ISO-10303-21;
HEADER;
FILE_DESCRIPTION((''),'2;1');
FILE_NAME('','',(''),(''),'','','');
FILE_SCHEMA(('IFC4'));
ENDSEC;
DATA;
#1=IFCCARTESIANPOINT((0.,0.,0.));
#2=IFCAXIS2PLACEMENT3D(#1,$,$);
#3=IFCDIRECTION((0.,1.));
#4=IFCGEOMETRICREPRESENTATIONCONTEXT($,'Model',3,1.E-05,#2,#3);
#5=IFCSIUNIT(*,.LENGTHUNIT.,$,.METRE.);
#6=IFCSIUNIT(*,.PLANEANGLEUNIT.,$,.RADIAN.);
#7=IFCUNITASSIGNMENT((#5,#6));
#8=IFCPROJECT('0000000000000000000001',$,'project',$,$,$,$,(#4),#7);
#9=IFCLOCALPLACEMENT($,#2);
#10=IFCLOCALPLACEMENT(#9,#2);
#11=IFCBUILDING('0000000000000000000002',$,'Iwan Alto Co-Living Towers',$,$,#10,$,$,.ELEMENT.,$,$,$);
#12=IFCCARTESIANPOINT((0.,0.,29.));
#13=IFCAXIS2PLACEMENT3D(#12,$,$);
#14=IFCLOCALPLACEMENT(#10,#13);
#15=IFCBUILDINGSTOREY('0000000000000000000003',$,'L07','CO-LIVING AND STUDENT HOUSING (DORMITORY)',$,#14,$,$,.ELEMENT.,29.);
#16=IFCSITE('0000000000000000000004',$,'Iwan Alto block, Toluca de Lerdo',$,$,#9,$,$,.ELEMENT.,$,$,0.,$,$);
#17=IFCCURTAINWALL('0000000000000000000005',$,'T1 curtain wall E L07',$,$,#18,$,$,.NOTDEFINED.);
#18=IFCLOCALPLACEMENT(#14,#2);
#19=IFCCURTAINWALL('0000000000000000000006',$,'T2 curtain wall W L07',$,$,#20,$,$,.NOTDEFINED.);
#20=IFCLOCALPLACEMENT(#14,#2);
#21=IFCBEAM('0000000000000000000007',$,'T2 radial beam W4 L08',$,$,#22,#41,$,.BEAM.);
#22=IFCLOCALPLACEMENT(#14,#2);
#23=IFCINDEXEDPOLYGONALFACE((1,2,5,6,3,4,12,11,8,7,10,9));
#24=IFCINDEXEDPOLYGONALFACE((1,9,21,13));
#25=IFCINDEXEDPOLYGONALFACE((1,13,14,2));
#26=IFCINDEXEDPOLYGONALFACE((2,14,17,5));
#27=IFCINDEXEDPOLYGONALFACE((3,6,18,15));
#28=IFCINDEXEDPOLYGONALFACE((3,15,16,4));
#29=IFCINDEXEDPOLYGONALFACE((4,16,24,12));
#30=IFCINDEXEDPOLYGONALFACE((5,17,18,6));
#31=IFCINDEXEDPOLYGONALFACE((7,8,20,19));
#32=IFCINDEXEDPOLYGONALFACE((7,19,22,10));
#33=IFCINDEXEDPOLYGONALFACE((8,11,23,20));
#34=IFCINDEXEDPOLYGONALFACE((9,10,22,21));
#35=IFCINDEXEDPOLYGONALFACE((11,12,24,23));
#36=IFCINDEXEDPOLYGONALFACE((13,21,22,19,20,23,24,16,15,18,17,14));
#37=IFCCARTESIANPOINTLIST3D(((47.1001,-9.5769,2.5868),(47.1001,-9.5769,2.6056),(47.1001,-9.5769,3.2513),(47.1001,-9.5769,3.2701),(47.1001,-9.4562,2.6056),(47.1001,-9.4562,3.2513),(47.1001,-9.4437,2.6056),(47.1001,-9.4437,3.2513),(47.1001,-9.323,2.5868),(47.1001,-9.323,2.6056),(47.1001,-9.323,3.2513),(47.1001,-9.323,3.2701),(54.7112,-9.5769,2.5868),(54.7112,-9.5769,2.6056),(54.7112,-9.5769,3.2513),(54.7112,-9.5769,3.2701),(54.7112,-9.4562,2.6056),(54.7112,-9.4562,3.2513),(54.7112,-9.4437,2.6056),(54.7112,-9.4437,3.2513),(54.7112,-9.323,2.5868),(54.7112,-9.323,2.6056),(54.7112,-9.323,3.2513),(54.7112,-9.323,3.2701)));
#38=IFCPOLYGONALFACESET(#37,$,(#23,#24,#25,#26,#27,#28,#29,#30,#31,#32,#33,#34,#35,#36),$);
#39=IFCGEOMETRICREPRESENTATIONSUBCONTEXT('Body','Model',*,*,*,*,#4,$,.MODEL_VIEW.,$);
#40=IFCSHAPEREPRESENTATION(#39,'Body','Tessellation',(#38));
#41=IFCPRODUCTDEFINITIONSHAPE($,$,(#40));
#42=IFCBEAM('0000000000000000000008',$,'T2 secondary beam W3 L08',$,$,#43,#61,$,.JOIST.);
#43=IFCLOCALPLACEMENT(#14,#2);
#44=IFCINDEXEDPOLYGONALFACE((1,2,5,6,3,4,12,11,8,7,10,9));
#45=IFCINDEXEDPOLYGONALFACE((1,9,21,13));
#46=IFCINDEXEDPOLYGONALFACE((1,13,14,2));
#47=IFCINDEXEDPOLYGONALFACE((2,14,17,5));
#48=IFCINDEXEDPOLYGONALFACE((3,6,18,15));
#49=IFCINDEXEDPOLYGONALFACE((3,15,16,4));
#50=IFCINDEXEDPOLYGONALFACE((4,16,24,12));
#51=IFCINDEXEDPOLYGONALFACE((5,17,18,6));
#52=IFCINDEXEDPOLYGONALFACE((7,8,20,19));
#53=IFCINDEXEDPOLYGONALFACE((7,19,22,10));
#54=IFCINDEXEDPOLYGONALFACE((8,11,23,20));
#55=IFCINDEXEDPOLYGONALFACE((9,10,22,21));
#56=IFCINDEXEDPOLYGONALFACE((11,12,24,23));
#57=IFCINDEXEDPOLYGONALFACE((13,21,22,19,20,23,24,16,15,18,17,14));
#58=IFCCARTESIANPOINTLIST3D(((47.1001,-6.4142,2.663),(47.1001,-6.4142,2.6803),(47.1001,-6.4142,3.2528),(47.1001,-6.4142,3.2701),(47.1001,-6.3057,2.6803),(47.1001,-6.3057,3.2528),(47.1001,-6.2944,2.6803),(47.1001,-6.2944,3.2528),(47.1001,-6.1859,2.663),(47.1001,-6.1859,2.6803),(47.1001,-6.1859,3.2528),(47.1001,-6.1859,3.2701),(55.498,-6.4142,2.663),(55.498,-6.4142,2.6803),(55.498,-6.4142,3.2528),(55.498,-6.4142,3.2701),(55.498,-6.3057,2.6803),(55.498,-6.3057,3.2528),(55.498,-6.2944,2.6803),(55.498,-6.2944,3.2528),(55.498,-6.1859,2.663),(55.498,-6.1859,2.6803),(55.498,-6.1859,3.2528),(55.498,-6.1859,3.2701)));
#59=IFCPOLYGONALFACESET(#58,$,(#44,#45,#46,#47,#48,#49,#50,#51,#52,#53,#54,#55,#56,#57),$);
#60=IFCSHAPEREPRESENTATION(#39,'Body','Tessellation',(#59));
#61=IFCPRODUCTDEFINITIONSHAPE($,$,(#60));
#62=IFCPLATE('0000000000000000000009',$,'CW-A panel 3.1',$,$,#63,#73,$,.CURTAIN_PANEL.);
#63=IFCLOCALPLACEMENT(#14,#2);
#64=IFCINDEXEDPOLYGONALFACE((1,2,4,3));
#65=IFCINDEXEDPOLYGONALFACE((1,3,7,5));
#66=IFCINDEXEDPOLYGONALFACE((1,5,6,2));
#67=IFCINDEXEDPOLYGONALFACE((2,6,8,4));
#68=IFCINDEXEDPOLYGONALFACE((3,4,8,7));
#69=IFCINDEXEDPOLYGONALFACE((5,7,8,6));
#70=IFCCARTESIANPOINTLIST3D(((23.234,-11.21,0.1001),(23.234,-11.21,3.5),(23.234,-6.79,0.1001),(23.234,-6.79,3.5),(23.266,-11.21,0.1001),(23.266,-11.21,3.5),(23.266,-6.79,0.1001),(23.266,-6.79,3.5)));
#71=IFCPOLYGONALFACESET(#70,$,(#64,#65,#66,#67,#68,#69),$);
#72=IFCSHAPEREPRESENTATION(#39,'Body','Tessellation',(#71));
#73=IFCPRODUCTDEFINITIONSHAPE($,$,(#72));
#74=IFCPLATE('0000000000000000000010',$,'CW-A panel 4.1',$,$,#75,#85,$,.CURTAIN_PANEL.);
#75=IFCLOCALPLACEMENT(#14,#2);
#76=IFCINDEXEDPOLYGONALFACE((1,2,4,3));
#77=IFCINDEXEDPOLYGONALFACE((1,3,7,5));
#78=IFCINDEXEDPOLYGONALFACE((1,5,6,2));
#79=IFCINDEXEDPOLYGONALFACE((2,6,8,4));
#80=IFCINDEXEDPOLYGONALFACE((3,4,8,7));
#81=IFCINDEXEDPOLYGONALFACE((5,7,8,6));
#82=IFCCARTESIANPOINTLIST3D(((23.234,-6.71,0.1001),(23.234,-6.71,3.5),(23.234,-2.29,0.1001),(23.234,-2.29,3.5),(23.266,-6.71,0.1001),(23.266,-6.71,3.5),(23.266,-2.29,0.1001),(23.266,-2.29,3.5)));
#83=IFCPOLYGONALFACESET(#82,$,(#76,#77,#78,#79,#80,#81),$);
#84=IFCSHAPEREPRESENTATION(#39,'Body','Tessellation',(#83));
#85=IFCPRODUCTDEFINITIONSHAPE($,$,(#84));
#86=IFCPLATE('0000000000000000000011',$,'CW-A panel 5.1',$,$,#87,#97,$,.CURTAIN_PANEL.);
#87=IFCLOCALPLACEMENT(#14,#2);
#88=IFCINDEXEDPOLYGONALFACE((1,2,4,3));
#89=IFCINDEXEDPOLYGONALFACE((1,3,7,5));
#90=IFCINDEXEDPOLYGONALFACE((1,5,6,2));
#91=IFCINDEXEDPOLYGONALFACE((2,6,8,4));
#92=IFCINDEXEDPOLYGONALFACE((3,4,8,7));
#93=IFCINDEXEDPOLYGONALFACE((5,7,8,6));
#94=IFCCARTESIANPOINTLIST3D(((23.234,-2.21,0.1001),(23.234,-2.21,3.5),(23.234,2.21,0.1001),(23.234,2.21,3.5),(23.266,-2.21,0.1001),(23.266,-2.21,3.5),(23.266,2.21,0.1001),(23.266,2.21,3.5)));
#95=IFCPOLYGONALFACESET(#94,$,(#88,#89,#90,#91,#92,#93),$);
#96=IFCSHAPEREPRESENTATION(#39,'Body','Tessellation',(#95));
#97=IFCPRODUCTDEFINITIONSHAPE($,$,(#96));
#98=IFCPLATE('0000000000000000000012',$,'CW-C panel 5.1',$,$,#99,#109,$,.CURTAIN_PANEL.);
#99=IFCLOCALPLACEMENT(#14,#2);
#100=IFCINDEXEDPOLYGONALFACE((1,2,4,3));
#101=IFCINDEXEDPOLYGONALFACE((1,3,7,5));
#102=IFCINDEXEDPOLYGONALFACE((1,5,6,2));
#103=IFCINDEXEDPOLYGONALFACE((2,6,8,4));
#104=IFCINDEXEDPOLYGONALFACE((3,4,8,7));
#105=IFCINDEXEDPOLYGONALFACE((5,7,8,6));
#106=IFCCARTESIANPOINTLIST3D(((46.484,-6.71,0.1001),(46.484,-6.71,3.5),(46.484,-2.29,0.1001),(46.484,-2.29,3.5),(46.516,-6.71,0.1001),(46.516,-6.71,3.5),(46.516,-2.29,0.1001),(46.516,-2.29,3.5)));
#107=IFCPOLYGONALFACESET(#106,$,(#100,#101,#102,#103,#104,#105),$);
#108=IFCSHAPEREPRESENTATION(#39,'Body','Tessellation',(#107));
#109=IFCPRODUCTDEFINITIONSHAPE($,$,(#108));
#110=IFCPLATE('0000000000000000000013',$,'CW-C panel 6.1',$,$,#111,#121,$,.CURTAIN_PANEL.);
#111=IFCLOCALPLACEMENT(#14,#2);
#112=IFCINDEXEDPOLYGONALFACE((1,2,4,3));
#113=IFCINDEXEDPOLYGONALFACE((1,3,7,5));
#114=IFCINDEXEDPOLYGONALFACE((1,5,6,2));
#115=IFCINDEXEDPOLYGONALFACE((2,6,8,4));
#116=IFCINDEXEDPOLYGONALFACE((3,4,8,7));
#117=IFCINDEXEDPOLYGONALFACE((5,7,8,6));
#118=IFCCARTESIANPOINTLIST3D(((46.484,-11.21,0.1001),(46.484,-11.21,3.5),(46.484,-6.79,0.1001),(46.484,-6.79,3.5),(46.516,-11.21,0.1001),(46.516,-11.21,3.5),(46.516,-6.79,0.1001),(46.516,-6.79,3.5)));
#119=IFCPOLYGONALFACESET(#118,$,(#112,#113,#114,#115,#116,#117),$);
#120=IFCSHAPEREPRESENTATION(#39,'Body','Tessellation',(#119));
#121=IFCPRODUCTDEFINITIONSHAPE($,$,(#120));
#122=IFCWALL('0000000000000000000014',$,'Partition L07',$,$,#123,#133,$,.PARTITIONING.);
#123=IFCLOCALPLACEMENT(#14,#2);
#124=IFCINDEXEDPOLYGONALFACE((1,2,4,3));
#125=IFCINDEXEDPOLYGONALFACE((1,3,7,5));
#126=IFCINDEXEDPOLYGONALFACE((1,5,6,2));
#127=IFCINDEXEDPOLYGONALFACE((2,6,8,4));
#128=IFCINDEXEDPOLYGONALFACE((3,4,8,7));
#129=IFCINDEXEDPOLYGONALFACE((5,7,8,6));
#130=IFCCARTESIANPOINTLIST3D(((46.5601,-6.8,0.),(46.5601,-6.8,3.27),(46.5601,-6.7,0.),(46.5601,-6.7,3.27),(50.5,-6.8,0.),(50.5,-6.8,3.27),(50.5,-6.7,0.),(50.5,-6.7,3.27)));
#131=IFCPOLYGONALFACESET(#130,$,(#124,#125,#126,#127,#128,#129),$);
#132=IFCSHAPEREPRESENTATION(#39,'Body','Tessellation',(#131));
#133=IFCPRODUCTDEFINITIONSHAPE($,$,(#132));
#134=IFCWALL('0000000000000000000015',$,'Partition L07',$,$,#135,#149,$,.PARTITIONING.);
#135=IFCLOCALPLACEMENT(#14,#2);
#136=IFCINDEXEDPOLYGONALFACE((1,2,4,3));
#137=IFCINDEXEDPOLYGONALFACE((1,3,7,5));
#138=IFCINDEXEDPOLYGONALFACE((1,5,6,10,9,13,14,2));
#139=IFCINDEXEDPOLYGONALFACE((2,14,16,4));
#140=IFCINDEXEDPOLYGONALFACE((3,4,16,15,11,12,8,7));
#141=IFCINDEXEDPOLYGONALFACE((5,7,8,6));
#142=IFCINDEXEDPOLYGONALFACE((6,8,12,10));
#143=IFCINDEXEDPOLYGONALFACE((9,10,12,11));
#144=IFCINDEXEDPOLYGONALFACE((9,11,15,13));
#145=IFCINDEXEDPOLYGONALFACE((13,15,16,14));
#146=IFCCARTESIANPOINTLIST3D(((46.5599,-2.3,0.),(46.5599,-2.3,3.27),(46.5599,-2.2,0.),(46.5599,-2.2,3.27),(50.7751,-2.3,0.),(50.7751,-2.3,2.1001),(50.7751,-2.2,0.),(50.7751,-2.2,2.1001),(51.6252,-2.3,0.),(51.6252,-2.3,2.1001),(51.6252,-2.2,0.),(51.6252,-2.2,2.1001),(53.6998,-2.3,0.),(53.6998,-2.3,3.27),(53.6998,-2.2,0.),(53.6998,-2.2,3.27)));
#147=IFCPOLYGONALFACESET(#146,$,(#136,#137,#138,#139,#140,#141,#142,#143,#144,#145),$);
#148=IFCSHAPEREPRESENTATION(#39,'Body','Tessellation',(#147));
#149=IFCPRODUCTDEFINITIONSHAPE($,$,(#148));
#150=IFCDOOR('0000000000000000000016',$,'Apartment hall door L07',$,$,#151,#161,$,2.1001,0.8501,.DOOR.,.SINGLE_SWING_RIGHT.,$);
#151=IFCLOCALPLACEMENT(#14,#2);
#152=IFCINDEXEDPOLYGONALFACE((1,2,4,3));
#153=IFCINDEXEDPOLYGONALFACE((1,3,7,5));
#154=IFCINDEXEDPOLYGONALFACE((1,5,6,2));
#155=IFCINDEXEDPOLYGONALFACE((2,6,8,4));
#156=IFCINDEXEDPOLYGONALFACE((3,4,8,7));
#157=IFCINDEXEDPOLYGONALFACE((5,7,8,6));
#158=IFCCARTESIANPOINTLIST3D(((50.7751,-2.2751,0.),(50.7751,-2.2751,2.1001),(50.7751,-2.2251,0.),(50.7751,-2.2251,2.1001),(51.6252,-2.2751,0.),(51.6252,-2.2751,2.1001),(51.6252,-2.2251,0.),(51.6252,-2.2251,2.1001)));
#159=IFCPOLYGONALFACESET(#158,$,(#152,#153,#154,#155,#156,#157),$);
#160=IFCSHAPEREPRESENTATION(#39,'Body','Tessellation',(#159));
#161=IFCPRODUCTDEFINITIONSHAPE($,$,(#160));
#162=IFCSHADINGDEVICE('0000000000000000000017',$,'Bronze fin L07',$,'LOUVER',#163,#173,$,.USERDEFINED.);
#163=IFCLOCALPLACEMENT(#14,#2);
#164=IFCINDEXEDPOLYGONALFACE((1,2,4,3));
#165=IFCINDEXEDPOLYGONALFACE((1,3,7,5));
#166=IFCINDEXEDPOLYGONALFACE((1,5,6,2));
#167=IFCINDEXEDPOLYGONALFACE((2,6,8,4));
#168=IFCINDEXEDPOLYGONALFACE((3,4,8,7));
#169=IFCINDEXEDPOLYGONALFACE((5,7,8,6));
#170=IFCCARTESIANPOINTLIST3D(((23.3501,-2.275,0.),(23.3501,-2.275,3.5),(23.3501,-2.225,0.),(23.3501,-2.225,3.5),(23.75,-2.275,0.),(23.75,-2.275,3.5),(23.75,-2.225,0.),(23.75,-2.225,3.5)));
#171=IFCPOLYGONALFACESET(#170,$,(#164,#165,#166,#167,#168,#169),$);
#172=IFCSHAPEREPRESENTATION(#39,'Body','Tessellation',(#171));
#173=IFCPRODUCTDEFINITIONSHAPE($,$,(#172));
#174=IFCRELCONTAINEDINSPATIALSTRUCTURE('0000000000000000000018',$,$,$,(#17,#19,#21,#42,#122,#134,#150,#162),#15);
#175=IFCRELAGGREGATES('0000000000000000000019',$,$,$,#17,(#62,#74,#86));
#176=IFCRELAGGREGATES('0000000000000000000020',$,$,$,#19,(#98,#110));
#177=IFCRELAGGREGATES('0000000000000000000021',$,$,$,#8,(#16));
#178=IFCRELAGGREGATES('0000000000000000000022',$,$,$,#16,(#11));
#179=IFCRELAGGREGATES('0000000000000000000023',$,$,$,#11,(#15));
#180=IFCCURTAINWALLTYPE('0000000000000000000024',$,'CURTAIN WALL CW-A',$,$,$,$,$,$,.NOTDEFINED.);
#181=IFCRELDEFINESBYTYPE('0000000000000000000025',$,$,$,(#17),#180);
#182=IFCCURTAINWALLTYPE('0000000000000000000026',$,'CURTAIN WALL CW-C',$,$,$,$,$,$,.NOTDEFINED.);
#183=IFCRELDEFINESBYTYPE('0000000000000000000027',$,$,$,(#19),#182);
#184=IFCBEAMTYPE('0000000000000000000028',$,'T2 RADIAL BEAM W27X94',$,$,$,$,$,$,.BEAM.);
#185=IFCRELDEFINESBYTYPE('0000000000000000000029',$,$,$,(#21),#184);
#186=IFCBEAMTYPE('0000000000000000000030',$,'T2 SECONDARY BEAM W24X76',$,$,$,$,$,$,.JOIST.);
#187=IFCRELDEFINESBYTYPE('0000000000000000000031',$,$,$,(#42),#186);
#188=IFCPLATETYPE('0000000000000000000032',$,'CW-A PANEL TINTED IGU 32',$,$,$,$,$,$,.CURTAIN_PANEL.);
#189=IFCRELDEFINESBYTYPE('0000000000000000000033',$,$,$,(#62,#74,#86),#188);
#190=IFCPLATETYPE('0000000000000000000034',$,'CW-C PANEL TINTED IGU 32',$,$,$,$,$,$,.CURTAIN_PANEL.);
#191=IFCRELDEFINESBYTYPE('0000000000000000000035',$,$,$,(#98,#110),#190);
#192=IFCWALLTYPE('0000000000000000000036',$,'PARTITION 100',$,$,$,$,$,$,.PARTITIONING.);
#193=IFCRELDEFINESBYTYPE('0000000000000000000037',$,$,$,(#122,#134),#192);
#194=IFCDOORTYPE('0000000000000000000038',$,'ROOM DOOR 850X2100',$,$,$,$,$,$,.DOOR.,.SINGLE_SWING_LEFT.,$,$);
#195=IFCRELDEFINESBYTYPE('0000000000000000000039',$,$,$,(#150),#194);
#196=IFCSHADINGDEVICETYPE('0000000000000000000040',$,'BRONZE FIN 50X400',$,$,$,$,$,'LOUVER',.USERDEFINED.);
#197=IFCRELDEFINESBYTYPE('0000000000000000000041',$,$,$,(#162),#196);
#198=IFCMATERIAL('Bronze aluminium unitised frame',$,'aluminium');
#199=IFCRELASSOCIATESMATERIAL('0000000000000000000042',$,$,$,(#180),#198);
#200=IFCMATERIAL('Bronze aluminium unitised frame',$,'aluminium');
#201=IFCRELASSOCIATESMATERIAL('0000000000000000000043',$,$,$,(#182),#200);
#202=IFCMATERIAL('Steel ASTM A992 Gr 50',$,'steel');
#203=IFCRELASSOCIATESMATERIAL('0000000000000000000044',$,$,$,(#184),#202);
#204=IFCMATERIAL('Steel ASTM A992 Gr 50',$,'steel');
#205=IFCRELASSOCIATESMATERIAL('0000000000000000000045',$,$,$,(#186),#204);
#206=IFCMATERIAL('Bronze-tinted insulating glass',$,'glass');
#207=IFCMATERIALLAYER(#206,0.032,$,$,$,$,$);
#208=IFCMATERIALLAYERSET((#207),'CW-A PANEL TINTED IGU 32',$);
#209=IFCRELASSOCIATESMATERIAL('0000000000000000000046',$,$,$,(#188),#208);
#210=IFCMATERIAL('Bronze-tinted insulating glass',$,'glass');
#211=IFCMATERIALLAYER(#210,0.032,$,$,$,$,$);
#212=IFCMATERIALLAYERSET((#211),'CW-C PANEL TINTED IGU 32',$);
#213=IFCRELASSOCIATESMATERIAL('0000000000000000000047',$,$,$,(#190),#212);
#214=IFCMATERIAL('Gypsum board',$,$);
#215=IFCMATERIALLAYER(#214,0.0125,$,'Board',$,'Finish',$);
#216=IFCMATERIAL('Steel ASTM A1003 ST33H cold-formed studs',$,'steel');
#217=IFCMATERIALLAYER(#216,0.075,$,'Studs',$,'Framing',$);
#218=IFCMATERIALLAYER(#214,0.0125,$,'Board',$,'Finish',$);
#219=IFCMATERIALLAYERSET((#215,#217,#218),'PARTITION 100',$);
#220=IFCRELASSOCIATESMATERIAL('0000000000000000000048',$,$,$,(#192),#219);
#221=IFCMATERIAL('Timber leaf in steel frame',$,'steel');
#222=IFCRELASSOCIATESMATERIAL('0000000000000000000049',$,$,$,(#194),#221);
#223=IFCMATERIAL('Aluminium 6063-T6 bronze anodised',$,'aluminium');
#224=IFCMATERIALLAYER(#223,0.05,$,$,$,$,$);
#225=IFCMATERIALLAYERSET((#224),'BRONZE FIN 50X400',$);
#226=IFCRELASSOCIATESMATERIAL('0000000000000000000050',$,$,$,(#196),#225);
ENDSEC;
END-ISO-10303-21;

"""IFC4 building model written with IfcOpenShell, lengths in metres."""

from ifc_helpers import new_model, si_unit, direction, frame, frame_2d, origin, origin_2d, place, context, subcontext, project, spatial, rectangle, i_section, extrude, material, layer, layer_set, material_profile, profile_set, type_object, element, fill, aggregate, save


model = new_model("IFC4")

# Units and contexts
model_context = context("Model", 3, precision=1e-05, world=origin(), true_north=direction((0.0, 1.0)))
body_context = subcontext(model_context, "Body", "Model", "MODEL_VIEW")
ifc_project = project(units=[si_unit("LENGTHUNIT", "METRE"), si_unit("PLANEANGLEUNIT", "RADIAN")], contexts=[model_context])

# Site, building, storey
site_placement = place(None, origin())
site = spatial("IfcSite", under=ifc_project, at=site_placement, Name="Iwan Alto block, Toluca de Lerdo", CompositionType="ELEMENT", RefElevation=0.0)
building_placement = place(site_placement, origin())
building = spatial("IfcBuilding", under=site, at=building_placement, Name="Iwan Alto Co-Living Towers", CompositionType="ELEMENT")
storey_placement = place(building_placement, frame((0.0, 0.0, 29.0)))
storey = spatial("IfcBuildingStorey", under=building, at=storey_placement, Name="L07", Description="CO-LIVING AND STUDENT HOUSING (DORMITORY)", CompositionType="ELEMENT", Elevation=29.0)

# Curtain walls
ifc_material_1 = material(Name="Bronze aluminium unitised frame", Category="aluminium")
curtain_wall_type_1 = type_object("IfcCurtainWallType", Name="CURTAIN WALL CW-A", PredefinedType="NOTDEFINED", material=ifc_material_1)
curtain_wall_1_placement = place(storey_placement, origin())
curtain_wall_1 = element("IfcCurtainWall", 1, at=curtain_wall_1_placement, inside=storey, type_object=curtain_wall_type_1, Name="T1 curtain wall E L07", PredefinedType="NOTDEFINED")
ifc_material_2 = material(Name="Bronze aluminium unitised frame", Category="aluminium")
curtain_wall_type_2 = type_object("IfcCurtainWallType", Name="CURTAIN WALL CW-C", PredefinedType="NOTDEFINED", material=ifc_material_2)
curtain_wall_2_placement = place(storey_placement, origin())
curtain_wall_2 = element("IfcCurtainWall", 2, at=curtain_wall_2_placement, inside=storey, type_object=curtain_wall_type_2, Name="T2 curtain wall W L07", PredefinedType="NOTDEFINED")

# Beams
ifc_material_3 = material(Name="Steel ASTM A992 Gr 50", Category="steel")
ifc_material_profile_1 = material_profile(ifc_material_3, i_section(OverallWidth=0.2539, OverallDepth=0.6833, WebThickness=0.0125, FlangeThickness=0.0188, at=origin_2d()), Name="W27X94")
ifc_profile_set_1 = profile_set([ifc_material_profile_1], Name="Steel ASTM A992 Gr 50")
beam_type_1 = type_object("IfcBeamType", Name="T2 RADIAL BEAM W27X94", PredefinedType="BEAM", material=ifc_profile_set_1)
beam_1_placement = place(storey_placement, frame((47.1001, -9.45, 2.9285), z_axis=(1.0, 0.0, 0.0), x_axis=(0.0, 1.0, 0.0)))
element("IfcBeam", 3, at=beam_1_placement, inside=storey, type_object=beam_type_1, Name="T2 radial beam W4 L08", PredefinedType="BEAM", context=body_context, shape_type="SweptSolid", body=[
    extrude(i_section(OverallWidth=0.2539, OverallDepth=0.6833, WebThickness=0.0125, FlangeThickness=0.0188, at=origin_2d()), origin(), (0.0, 0.0, 1.0), 7.6111),
])
ifc_material_4 = material(Name="Steel ASTM A992 Gr 50", Category="steel")
ifc_material_profile_2 = material_profile(ifc_material_4, i_section(OverallWidth=0.2283, OverallDepth=0.6072, WebThickness=0.0112, FlangeThickness=0.0173, at=origin_2d()), Name="W24X76")
ifc_profile_set_2 = profile_set([ifc_material_profile_2], Name="Steel ASTM A992 Gr 50")
beam_type_2 = type_object("IfcBeamType", Name="T2 SECONDARY BEAM W24X76", PredefinedType="JOIST", material=ifc_profile_set_2)
beam_2_placement = place(storey_placement, frame((47.1001, -6.3, 2.9666), z_axis=(1.0, 0.0, 0.0), x_axis=(0.0, 1.0, 0.0)))
element("IfcBeam", 4, at=beam_2_placement, inside=storey, type_object=beam_type_2, Name="T2 secondary beam W3 L08", PredefinedType="JOIST", context=body_context, shape_type="SweptSolid", body=[
    extrude(i_section(OverallWidth=0.2283, OverallDepth=0.6072, WebThickness=0.0112, FlangeThickness=0.0173, at=origin_2d()), origin(), (0.0, 0.0, 1.0), 8.3979),
])

# Plates
ifc_material_5 = material(Name="Bronze-tinted insulating glass", Category="glass")
ifc_layer_1 = layer(ifc_material_5, 0.032)
ifc_layer_set_1 = layer_set([ifc_layer_1], Name="CW-A PANEL TINTED IGU 32")
plate_type_1 = type_object("IfcPlateType", Name="CW-A PANEL TINTED IGU 32", PredefinedType="CURTAIN_PANEL", material=ifc_layer_set_1)
plate_1_placement = place(storey_placement, frame((23.25, -9.0, 0.1001), z_axis=(0.0, 0.0, 1.0), x_axis=(0.0, 1.0, 0.0)))
plate_1 = element("IfcPlate", 5, at=plate_1_placement, type_object=plate_type_1, Name="CW-A panel 3.1", PredefinedType="CURTAIN_PANEL", context=body_context, shape_type="SweptSolid", body=[
    extrude(rectangle(XDim=4.4199, YDim=0.032, at=origin_2d()), origin(), (0.0, 0.0, 1.0), 3.3999),
])
plate_2_placement = place(storey_placement, frame((23.25, -4.5, 0.1001), z_axis=(0.0, 0.0, 1.0), x_axis=(0.0, 1.0, 0.0)))
plate_2 = element("IfcPlate", 6, at=plate_2_placement, type_object=plate_type_1, Name="CW-A panel 4.1", PredefinedType="CURTAIN_PANEL", context=body_context, shape_type="SweptSolid", body=[
    extrude(rectangle(XDim=4.4199, YDim=0.032, at=origin_2d()), origin(), (0.0, 0.0, 1.0), 3.3999),
])
plate_3_placement = place(storey_placement, frame((23.25, 0.0, 0.1001), z_axis=(0.0, 0.0, 1.0), x_axis=(0.0, 1.0, 0.0)))
plate_3 = element("IfcPlate", 7, at=plate_3_placement, type_object=plate_type_1, Name="CW-A panel 5.1", PredefinedType="CURTAIN_PANEL", context=body_context, shape_type="SweptSolid", body=[
    extrude(rectangle(XDim=4.4199, YDim=0.032, at=origin_2d()), origin(), (0.0, 0.0, 1.0), 3.3999),
])
aggregate(curtain_wall_1, [plate_1, plate_2, plate_3])
ifc_material_6 = material(Name="Bronze-tinted insulating glass", Category="glass")
ifc_layer_2 = layer(ifc_material_6, 0.032)
ifc_layer_set_2 = layer_set([ifc_layer_2], Name="CW-C PANEL TINTED IGU 32")
plate_type_2 = type_object("IfcPlateType", Name="CW-C PANEL TINTED IGU 32", PredefinedType="CURTAIN_PANEL", material=ifc_layer_set_2)
plate_4_placement = place(storey_placement, frame((46.5, -4.5, 0.1001), z_axis=(0.0, 0.0, 1.0), x_axis=(0.0, -1.0, 0.0)))
plate_4 = element("IfcPlate", 8, at=plate_4_placement, type_object=plate_type_2, Name="CW-C panel 5.1", PredefinedType="CURTAIN_PANEL", context=body_context, shape_type="SweptSolid", body=[
    extrude(rectangle(XDim=4.4199, YDim=0.032, at=origin_2d()), origin(), (0.0, 0.0, 1.0), 3.3999),
])
plate_5_placement = place(storey_placement, frame((46.5, -9.0, 0.1001), z_axis=(0.0, 0.0, 1.0), x_axis=(0.0, -1.0, 0.0)))
plate_5 = element("IfcPlate", 9, at=plate_5_placement, type_object=plate_type_2, Name="CW-C panel 6.1", PredefinedType="CURTAIN_PANEL", context=body_context, shape_type="SweptSolid", body=[
    extrude(rectangle(XDim=4.4199, YDim=0.032, at=origin_2d()), origin(), (0.0, 0.0, 1.0), 3.3999),
])
aggregate(curtain_wall_2, [plate_4, plate_5])

# Wall
ifc_material_7 = material(Name="Gypsum board")
ifc_layer_3 = layer(ifc_material_7, 0.0125, Name="Board", Category="Finish")
ifc_material_8 = material(Name="Steel ASTM A1003 ST33H cold-formed studs", Category="steel")
ifc_layer_4 = layer(ifc_material_8, 0.075, Name="Studs", Category="Framing")
ifc_layer_5 = layer(ifc_material_7, 0.0125, Name="Board", Category="Finish")
ifc_layer_set_3 = layer_set([ifc_layer_3, ifc_layer_4, ifc_layer_5], Name="PARTITION 100")
wall_type = type_object("IfcWallType", Name="PARTITION 100", PredefinedType="PARTITIONING", material=ifc_layer_set_3)
wall_1_placement = place(storey_placement, frame((46.5601, -6.75, 0.0), z_axis=(0.0, 0.0, 1.0), x_axis=(1.0, 0.0, 0.0)))
element("IfcWall", 10, at=wall_1_placement, inside=storey, type_object=wall_type, Name="Partition L07", PredefinedType="PARTITIONING", context=body_context, shape_type="SweptSolid", body=[
    extrude(rectangle(XDim=3.9399, YDim=0.1001, at=frame_2d((1.97, 0.0))), origin(), (0.0, 0.0, 1.0), 3.27),
])

# Wall, opening, door
wall_2_placement = place(storey_placement, frame((46.5601, -2.25, 0.0), z_axis=(0.0, 0.0, 1.0), x_axis=(1.0, 0.0, 0.0)))
wall_2 = element("IfcWall", 11, at=wall_2_placement, inside=storey, type_object=wall_type, Name="Partition L07", PredefinedType="PARTITIONING", context=body_context, shape_type="SweptSolid", body=[
    extrude(rectangle(XDim=7.1399, YDim=0.1001, at=frame_2d((3.5698, 0.0))), origin(), (0.0, 0.0, 1.0), 3.27),
])
opening_placement = place(wall_2_placement, frame((4.2151, 0.0, 0.0)))
opening = element("IfcOpeningElement", 12, at=opening_placement, cuts=wall_2, PredefinedType="OPENING", context=body_context, shape_type="SweptSolid", body=[
    extrude(rectangle(XDim=0.8501, YDim=2.1001, at=frame_2d((0.425, 1.05))), frame((0.0, 0.0601, 0.0), z_axis=(0.0, -1.0, 0.0), x_axis=(1.0, 0.0, 0.0)), (0.0, 0.0, 1.0), 0.1201),
])
ifc_material_9 = material(Name="Timber leaf in steel frame", Category="steel")
door_type = type_object("IfcDoorType", Name="ROOM DOOR 850X2100", OperationType="SINGLE_SWING_LEFT", PredefinedType="DOOR", material=ifc_material_9)
door_placement = place(opening_placement, origin())
door = element("IfcDoor", 13, at=door_placement, inside=storey, type_object=door_type, Name="Apartment hall door L07", OperationType="SINGLE_SWING_RIGHT", OverallHeight=2.1001, OverallWidth=0.8501, PredefinedType="DOOR", context=body_context, shape_type="SweptSolid", body=[
    extrude(rectangle(XDim=0.8501, YDim=2.1001, at=frame_2d((0.425, 1.05))), frame((0.0, 0.0249, 0.0), z_axis=(0.0, -1.0, 0.0), x_axis=(1.0, 0.0, 0.0)), (0.0, 0.0, 1.0), 0.05),
])
fill(opening, door)

# Shading device
ifc_material_10 = material(Name="Aluminium 6063-T6 bronze anodised", Category="aluminium")
ifc_layer_6 = layer(ifc_material_10, 0.05)
ifc_layer_set_4 = layer_set([ifc_layer_6], Name="BRONZE FIN 50X400")
shading_device_type = type_object("IfcShadingDeviceType", Name="BRONZE FIN 50X400", ElementType="LOUVER", PredefinedType="USERDEFINED", material=ifc_layer_set_4)
for number, where, z_axis, x_axis, name in (
    (14, (23.55, -2.25, 0.0), (0.0, 0.0, 1.0), (0.0, 1.0, 0.0), "Bronze fin L07"),
):
    element("IfcShadingDevice", number, at=place(storey_placement, frame(where, z_axis=z_axis, x_axis=x_axis)), inside=storey, type_object=shading_device_type, Name=name, ObjectType="LOUVER", PredefinedType="USERDEFINED", context=body_context, shape_type="SweptSolid", body=[
        extrude(rectangle(XDim=0.05, YDim=0.3999, at=origin_2d()), origin(), (0.0, 0.0, 1.0), 3.5),
    ])

save(model, "model.ifc")
